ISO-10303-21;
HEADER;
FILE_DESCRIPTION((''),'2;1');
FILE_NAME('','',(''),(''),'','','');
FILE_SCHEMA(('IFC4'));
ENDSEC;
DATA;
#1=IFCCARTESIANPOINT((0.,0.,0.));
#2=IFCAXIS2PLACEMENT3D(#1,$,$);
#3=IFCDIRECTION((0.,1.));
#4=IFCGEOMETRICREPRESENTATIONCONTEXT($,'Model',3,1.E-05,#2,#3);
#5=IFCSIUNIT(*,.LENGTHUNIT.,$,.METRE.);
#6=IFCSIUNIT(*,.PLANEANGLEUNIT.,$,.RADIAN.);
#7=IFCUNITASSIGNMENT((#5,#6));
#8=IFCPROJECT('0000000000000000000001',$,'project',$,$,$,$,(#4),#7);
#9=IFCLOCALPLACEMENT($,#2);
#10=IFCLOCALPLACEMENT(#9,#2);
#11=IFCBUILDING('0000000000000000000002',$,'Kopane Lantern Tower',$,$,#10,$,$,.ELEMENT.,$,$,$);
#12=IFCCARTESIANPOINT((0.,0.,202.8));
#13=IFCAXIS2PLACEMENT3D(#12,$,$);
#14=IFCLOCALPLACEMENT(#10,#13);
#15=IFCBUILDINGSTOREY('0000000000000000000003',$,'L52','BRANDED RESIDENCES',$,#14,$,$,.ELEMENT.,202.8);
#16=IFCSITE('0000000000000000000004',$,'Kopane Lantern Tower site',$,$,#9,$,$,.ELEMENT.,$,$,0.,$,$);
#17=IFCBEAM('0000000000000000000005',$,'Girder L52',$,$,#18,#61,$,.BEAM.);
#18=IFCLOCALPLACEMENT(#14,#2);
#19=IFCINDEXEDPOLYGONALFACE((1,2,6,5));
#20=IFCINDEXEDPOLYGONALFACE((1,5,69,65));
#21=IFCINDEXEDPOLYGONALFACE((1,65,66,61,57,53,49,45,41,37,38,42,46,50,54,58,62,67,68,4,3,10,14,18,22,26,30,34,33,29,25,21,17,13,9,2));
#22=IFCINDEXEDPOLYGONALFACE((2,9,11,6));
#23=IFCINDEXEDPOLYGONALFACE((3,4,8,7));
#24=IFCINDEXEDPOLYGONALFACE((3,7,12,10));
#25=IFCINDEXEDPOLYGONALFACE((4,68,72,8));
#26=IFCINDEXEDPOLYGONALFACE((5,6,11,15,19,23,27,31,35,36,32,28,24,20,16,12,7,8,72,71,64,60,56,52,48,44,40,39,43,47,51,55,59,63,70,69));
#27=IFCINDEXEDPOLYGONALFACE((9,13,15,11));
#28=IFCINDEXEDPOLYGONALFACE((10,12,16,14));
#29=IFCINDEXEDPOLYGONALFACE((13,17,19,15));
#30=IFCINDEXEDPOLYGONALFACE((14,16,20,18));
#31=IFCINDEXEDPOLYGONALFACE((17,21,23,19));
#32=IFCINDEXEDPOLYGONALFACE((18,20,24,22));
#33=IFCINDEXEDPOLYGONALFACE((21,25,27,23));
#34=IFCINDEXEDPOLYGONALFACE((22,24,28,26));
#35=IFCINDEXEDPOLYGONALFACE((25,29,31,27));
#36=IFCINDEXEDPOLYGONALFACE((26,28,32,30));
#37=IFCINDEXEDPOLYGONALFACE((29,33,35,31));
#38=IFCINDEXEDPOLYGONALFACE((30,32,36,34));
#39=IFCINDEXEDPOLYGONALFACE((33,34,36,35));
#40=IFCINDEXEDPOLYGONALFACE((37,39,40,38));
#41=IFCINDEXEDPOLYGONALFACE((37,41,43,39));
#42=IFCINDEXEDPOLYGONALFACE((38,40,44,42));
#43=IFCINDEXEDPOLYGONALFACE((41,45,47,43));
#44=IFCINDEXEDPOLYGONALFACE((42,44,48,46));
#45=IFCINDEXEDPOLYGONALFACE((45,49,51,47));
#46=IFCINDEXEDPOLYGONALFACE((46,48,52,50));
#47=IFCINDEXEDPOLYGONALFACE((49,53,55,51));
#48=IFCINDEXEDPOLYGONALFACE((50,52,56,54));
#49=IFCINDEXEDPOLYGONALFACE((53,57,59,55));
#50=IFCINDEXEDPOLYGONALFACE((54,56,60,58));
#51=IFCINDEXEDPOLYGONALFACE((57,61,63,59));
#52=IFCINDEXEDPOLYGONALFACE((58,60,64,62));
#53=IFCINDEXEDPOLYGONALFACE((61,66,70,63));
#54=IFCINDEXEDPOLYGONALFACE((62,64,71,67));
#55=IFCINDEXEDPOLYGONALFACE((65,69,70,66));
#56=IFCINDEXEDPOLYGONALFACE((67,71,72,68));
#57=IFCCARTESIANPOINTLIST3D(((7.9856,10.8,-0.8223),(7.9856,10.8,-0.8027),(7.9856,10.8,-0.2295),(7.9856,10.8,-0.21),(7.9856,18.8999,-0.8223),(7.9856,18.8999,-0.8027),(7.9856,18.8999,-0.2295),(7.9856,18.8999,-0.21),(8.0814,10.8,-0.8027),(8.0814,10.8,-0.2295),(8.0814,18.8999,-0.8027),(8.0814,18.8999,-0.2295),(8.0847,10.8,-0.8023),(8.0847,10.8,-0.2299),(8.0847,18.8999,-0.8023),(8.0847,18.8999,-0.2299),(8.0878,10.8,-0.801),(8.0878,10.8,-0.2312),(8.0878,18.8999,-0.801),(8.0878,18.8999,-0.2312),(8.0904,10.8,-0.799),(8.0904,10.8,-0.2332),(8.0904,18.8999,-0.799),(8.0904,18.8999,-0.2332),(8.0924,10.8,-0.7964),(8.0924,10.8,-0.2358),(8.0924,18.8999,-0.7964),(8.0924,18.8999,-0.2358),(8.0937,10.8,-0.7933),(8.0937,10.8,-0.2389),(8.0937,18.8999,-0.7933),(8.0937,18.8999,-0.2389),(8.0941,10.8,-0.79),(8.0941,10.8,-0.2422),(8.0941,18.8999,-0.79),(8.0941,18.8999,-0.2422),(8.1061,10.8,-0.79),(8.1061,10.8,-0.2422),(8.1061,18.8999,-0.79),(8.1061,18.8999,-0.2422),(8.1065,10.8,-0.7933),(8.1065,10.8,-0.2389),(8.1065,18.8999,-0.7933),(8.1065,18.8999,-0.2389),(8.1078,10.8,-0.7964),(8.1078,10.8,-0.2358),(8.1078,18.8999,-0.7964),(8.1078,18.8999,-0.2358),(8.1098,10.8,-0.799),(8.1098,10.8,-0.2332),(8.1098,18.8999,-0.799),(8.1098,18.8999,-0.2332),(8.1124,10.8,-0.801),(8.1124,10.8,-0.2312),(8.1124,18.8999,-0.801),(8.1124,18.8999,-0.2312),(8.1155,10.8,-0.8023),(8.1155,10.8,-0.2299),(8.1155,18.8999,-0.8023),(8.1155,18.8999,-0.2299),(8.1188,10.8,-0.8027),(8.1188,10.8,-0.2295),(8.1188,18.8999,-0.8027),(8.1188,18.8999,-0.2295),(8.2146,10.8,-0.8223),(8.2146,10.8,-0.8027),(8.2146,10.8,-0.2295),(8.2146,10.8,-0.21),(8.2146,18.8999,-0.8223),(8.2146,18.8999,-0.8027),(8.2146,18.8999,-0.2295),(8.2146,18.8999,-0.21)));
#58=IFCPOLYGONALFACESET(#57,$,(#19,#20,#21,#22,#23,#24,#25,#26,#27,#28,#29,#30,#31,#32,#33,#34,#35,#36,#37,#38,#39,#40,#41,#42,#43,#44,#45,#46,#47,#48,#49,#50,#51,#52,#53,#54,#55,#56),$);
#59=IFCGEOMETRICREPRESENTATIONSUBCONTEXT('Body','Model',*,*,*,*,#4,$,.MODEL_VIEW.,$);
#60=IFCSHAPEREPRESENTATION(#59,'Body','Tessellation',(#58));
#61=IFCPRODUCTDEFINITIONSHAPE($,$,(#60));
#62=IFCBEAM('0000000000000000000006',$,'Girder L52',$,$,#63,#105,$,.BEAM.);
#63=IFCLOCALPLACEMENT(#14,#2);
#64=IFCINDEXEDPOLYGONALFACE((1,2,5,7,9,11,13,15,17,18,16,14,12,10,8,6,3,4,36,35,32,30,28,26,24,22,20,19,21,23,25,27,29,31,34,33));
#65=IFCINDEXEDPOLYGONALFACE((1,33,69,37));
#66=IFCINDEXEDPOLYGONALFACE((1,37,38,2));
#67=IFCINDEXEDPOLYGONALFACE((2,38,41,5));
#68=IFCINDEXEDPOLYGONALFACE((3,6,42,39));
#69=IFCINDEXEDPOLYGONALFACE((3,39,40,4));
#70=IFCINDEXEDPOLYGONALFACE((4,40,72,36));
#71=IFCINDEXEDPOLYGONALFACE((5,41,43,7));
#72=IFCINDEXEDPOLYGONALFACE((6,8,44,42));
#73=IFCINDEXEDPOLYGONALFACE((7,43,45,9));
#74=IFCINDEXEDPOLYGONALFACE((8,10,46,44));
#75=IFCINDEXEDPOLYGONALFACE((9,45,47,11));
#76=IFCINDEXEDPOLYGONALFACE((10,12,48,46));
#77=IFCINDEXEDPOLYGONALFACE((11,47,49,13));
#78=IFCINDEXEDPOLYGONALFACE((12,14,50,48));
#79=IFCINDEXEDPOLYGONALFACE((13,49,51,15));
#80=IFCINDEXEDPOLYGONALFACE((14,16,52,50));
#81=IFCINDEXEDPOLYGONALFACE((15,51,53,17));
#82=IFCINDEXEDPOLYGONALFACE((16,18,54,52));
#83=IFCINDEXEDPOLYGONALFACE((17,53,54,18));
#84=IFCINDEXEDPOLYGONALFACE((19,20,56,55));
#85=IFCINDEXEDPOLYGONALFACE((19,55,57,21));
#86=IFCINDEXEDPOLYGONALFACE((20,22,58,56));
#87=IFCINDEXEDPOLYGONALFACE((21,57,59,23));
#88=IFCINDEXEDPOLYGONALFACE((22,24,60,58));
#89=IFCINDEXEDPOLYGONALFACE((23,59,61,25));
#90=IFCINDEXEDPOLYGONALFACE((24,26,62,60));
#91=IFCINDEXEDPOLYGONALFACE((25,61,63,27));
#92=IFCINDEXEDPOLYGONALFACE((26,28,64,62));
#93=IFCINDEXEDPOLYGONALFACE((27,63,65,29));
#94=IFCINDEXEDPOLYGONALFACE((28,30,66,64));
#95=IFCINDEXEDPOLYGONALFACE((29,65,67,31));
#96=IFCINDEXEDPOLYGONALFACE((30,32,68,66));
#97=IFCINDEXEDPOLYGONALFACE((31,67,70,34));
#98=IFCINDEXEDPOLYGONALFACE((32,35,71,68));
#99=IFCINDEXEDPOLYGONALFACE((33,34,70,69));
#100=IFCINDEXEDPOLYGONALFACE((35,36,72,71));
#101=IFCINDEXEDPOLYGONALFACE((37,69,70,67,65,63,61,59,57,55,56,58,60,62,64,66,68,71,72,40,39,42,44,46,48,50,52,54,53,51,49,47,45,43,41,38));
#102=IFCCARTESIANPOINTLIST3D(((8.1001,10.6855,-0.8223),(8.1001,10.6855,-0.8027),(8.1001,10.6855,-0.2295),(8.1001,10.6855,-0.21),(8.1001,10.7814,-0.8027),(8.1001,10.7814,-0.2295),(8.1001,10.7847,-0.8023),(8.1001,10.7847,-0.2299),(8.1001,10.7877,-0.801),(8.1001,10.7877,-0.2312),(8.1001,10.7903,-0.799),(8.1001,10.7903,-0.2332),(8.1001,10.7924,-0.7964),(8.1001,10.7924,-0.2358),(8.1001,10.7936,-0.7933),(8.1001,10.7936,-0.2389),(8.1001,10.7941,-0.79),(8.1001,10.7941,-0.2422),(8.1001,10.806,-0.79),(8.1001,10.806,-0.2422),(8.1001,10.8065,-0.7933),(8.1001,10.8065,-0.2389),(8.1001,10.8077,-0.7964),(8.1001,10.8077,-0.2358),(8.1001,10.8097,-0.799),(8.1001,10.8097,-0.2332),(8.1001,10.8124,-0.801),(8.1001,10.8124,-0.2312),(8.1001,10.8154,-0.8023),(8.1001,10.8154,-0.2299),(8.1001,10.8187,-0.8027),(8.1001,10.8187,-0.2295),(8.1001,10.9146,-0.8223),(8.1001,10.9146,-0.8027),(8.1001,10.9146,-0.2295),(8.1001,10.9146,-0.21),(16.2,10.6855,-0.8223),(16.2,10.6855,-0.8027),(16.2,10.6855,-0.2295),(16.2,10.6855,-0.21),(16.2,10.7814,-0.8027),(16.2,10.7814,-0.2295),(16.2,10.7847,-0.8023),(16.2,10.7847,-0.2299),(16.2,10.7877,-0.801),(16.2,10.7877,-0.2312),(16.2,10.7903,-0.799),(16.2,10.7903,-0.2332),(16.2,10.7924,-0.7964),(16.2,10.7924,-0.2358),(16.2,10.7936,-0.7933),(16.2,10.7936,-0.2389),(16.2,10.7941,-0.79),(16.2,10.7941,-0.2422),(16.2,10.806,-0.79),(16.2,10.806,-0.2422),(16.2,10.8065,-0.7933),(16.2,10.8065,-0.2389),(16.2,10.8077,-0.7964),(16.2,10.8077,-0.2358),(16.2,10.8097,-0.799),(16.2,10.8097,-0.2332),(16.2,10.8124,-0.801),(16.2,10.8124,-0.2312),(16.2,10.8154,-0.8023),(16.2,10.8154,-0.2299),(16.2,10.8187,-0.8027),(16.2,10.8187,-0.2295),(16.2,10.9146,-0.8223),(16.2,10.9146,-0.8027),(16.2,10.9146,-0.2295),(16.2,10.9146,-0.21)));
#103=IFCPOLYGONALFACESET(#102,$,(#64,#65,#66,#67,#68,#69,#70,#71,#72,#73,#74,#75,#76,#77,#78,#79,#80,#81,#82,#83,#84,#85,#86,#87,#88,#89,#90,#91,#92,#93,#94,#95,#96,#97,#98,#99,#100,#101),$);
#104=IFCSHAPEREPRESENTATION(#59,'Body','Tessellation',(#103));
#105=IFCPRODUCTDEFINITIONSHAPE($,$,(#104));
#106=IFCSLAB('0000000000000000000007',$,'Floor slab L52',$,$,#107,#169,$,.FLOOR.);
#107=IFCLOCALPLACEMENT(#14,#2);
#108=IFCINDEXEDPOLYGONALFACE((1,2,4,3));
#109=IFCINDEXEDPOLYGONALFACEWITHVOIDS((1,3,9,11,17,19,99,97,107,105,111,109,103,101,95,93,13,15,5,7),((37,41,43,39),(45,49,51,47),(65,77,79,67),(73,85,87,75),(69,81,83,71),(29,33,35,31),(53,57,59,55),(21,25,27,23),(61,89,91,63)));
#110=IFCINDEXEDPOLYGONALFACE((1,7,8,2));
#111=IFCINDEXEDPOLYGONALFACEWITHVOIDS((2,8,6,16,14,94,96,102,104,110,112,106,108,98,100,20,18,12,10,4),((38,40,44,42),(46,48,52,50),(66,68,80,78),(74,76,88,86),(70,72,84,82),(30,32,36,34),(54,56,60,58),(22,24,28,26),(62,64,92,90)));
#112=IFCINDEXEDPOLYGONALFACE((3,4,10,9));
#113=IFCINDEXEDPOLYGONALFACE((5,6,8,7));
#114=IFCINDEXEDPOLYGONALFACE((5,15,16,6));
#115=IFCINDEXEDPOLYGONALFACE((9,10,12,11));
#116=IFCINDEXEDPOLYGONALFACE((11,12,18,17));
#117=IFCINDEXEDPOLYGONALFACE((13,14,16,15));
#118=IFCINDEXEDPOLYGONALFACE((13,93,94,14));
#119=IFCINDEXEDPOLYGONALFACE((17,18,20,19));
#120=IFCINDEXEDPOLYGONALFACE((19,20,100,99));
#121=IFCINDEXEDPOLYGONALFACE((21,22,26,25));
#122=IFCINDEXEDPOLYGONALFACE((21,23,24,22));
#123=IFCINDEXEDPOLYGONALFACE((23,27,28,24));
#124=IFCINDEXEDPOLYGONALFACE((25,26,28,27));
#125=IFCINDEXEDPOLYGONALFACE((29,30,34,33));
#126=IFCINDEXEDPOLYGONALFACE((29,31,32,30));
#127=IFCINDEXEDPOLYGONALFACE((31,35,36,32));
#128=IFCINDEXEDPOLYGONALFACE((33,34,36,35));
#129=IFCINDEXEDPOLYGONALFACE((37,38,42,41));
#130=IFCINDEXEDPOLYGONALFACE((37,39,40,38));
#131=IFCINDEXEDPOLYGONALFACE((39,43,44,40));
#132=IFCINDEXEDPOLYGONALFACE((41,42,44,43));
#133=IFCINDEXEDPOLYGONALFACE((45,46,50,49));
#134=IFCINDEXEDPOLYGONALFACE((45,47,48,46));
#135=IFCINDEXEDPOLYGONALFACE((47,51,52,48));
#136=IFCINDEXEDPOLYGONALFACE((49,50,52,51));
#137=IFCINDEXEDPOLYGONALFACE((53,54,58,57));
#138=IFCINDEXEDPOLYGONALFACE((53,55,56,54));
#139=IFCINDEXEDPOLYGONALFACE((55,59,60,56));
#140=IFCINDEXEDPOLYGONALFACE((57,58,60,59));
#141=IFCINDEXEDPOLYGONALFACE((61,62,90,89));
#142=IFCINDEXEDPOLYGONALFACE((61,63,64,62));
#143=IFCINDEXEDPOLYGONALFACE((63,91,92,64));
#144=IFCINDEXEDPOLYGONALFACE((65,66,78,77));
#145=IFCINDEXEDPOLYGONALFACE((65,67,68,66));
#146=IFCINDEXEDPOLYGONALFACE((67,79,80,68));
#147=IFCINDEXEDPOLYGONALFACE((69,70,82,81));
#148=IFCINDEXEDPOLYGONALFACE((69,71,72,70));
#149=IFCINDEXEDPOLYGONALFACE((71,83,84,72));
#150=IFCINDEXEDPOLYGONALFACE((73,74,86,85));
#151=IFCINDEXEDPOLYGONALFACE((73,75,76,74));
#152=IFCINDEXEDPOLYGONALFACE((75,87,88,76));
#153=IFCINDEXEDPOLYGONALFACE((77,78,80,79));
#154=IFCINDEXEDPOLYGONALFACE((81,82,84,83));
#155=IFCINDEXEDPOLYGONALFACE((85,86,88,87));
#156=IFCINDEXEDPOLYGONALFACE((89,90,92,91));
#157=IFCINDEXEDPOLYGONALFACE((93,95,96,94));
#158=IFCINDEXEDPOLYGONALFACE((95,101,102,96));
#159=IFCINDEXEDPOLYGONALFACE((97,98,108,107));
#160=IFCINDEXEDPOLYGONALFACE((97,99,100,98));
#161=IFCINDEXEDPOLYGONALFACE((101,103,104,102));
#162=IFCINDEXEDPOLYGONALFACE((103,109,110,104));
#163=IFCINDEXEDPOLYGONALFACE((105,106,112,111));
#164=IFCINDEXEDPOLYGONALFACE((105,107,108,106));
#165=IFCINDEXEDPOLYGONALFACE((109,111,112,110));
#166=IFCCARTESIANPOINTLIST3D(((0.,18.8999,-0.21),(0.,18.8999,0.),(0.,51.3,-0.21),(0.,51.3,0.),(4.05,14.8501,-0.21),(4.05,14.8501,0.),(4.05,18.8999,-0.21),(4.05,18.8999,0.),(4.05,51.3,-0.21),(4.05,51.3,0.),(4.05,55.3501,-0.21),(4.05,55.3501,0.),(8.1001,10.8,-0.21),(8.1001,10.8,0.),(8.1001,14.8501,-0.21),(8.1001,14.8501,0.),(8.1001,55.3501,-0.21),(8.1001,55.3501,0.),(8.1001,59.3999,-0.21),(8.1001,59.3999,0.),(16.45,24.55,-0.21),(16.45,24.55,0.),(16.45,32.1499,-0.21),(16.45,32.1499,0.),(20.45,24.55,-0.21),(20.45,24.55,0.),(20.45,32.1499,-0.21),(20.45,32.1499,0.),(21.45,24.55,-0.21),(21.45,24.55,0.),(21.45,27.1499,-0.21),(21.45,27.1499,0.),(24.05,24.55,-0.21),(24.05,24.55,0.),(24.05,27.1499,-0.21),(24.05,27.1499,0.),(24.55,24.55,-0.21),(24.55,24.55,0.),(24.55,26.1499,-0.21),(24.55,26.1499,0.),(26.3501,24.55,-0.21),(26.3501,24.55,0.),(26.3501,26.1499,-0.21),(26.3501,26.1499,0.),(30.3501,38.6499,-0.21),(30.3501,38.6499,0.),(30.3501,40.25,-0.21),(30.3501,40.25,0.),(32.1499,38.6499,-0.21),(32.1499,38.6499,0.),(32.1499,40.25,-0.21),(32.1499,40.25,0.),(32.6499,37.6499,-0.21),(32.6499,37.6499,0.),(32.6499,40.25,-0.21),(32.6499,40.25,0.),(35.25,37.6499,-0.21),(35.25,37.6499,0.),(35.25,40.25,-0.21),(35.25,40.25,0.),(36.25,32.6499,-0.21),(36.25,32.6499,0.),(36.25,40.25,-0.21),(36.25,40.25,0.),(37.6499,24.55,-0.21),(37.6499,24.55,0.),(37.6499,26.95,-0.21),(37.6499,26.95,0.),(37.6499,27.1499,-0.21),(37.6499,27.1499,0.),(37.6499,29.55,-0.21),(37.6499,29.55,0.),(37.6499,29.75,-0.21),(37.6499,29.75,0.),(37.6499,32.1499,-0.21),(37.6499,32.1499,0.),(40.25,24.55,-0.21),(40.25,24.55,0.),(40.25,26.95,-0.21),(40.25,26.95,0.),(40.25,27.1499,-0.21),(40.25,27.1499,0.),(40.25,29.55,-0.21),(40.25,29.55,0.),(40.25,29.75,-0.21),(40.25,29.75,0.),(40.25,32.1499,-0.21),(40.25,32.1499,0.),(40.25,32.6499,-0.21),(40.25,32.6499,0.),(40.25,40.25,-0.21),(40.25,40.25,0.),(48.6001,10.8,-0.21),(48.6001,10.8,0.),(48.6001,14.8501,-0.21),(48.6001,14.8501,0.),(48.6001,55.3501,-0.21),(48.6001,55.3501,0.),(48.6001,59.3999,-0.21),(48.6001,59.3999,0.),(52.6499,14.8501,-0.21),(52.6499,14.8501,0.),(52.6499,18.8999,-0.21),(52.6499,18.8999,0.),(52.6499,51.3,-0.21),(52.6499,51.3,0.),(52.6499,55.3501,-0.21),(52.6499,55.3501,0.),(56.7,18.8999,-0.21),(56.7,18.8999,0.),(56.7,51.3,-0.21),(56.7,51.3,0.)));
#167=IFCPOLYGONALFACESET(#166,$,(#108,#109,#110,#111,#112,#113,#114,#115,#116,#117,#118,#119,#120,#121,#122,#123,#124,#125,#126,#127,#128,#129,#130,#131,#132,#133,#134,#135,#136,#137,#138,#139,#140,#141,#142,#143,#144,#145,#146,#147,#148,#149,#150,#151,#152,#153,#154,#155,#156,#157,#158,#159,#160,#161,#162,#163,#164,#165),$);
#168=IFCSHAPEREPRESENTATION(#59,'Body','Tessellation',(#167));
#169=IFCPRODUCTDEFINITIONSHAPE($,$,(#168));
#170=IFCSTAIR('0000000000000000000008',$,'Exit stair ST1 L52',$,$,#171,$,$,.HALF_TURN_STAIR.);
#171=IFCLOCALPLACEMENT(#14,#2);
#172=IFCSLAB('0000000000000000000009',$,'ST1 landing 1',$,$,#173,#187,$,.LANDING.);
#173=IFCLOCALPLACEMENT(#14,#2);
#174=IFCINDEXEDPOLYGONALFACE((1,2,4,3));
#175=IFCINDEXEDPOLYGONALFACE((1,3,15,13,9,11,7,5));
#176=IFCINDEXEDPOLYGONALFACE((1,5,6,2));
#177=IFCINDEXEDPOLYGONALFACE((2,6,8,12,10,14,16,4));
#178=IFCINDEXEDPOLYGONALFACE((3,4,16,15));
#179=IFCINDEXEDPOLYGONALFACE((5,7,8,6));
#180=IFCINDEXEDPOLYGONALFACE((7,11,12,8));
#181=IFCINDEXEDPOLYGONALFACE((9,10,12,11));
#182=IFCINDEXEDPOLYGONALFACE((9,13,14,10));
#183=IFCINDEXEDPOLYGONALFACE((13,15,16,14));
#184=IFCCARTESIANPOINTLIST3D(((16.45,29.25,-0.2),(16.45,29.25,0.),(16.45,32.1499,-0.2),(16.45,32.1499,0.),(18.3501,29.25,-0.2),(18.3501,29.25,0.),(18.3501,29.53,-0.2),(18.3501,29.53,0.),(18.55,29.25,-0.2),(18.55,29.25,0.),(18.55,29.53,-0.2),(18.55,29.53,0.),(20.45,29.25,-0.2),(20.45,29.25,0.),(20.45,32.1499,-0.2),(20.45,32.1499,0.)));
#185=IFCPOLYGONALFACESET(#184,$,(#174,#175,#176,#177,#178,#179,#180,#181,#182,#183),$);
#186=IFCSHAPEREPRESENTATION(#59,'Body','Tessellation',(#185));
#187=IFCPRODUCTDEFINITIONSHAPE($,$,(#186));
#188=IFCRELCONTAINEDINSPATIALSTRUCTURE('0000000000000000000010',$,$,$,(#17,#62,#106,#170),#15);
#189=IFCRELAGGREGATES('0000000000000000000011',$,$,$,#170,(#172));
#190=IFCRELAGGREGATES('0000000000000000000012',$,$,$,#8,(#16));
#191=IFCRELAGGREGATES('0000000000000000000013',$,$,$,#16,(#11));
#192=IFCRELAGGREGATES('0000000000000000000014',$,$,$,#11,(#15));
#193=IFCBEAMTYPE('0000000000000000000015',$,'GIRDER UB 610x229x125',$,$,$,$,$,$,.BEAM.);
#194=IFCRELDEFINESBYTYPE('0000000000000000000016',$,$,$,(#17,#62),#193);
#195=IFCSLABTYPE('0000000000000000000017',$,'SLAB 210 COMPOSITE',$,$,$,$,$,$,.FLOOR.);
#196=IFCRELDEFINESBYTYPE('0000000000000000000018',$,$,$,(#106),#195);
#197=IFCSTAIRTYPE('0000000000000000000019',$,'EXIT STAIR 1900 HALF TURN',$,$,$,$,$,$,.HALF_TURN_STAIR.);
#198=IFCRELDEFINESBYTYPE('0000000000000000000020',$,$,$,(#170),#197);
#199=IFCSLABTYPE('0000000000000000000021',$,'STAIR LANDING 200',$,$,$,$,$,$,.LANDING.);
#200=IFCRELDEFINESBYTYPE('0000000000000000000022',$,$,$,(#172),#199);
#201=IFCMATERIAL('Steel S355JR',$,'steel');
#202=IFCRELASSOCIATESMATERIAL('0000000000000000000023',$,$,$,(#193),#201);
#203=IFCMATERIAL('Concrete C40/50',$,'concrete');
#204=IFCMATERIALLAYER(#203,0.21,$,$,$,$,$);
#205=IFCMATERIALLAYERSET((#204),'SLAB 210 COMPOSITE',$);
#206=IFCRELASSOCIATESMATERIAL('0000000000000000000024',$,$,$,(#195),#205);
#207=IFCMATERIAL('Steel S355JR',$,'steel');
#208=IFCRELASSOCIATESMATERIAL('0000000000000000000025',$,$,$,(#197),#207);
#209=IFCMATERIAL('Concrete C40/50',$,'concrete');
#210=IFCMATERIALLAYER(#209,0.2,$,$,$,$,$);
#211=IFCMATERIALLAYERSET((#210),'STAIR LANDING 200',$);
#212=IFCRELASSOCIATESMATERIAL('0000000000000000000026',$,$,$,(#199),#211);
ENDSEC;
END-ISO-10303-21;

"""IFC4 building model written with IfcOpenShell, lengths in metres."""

from ifc_helpers import new_model, si_unit, direction, frame, origin, origin_2d, place, context, subcontext, project, spatial, polyline, i_section, outline, extrude, material, layer, layer_set, material_profile, profile_set, type_object, element, aggregate, save


model = new_model("IFC4")

# Units and contexts
model_context = context("Model", 3, precision=1e-05, world=origin(), true_north=direction((0.0, 1.0)))
body_context = subcontext(model_context, "Body", "Model", "MODEL_VIEW")
ifc_project = project(units=[si_unit("LENGTHUNIT", "METRE"), si_unit("PLANEANGLEUNIT", "RADIAN")], contexts=[model_context])

# Site, building, storey
site_placement = place(None, origin())
site = spatial("IfcSite", under=ifc_project, at=site_placement, Name="Kopane Lantern Tower site", CompositionType="ELEMENT", RefElevation=0.0)
building_placement = place(site_placement, origin())
building = spatial("IfcBuilding", under=site, at=building_placement, Name="Kopane Lantern Tower", CompositionType="ELEMENT")
storey_placement = place(building_placement, frame((0.0, 0.0, 202.8)))
storey = spatial("IfcBuildingStorey", under=building, at=storey_placement, Name="L52", Description="BRANDED RESIDENCES", CompositionType="ELEMENT", Elevation=202.8)

# Beams
ifc_material_1 = material(Name="Steel S355JR", Category="steel")
ifc_material_profile_1 = material_profile(ifc_material_1, i_section(OverallWidth=0.229, OverallDepth=0.6123, WebThickness=0.012, FlangeThickness=0.0195, FilletRadius=0.0127, at=origin_2d()), Name="UB 610x229x125")
ifc_profile_set_1 = profile_set([ifc_material_profile_1], Name="Steel S355JR")
beam_type_1 = type_object("IfcBeamType", Name="GIRDER UB 610x229x125", PredefinedType="BEAM", material=ifc_profile_set_1)
for number, where, z_axis, x_axis, name in (
    (1, (8.1001, 10.8, -0.5161), (0.0, 1.0, 0.0), (-1.0, 0.0, 0.0), "Girder L52"),
    (2, (8.1001, 10.8, -0.5161), (1.0, 0.0, 0.0), (0.0, 1.0, 0.0), "Girder L52"),
):
    element("IfcBeam", number, at=place(storey_placement, frame(where, z_axis=z_axis, x_axis=x_axis)), inside=storey, type_object=beam_type_1, Name=name, PredefinedType="BEAM", context=body_context, shape_type="SweptSolid", body=[
        extrude(i_section(OverallWidth=0.229, OverallDepth=0.6123, WebThickness=0.012, FlangeThickness=0.0195, FilletRadius=0.0127, at=origin_2d()), origin(), (0.0, 0.0, 1.0), 8.0999),
    ])

# Slab
ifc_material_2 = material(Name="Concrete C40/50", Category="concrete")
ifc_layer_1 = layer(ifc_material_2, 0.21)
ifc_layer_set_1 = layer_set([ifc_layer_1], Name="SLAB 210 COMPOSITE")
slab_type_1 = type_object("IfcSlabType", Name="SLAB 210 COMPOSITE", PredefinedType="FLOOR", material=ifc_layer_set_1)
slab_1_placement = place(storey_placement, frame((0.0, 0.0, -0.21)))
element("IfcSlab", 3, at=slab_1_placement, inside=storey, type_object=slab_type_1, Name="Floor slab L52", PredefinedType="FLOOR", context=body_context, shape_type="SweptSolid", body=[
    extrude(outline(polyline([(8.1001, 10.8), (48.6001, 10.8), (48.6001, 14.8501), (52.6499, 14.8501), (52.6499, 18.8999), (56.7, 18.8999), (56.7, 51.3), (52.6499, 51.3), (52.6499, 55.3501), (48.6001, 55.3501), (48.6001, 59.3999), (8.1001, 59.3999), (8.1001, 55.3501), (4.05, 55.3501), (4.05, 51.3), (0.0, 51.3), (0.0, 18.8999), (4.05, 18.8999), (4.05, 14.8501), (8.1001, 14.8501), (8.1001, 10.8)]), holes=[polyline([(16.45, 24.55), (20.45, 24.55), (20.45, 32.1499), (16.45, 32.1499), (16.45, 24.55)]), polyline([(36.25, 32.6499), (40.25, 32.6499), (40.25, 40.25), (36.25, 40.25), (36.25, 32.6499)]), polyline([(37.6499, 24.55), (40.25, 24.55), (40.25, 26.95), (37.6499, 26.95), (37.6499, 24.55)]), polyline([(37.6499, 27.1499), (40.25, 27.1499), (40.25, 29.55), (37.6499, 29.55), (37.6499, 27.1499)]), polyline([(37.6499, 29.75), (40.25, 29.75), (40.25, 32.1499), (37.6499, 32.1499), (37.6499, 29.75)]), polyline([(21.45, 24.55), (24.05, 24.55), (24.05, 27.1499), (21.45, 27.1499), (21.45, 24.55)]), polyline([(32.6499, 37.6499), (35.25, 37.6499), (35.25, 40.25), (32.6499, 40.25), (32.6499, 37.6499)]), polyline([(24.55, 24.55), (26.3501, 24.55), (26.3501, 26.1499), (24.55, 26.1499), (24.55, 24.55)]), polyline([(30.3501, 38.6499), (32.1499, 38.6499), (32.1499, 40.25), (30.3501, 40.25), (30.3501, 38.6499)])]), origin(), (0.0, 0.0, 1.0), 0.21),
])

# Stair, slab
ifc_material_3 = material(Name="Steel S355JR", Category="steel")
stair_type = type_object("IfcStairType", Name="EXIT STAIR 1900 HALF TURN", PredefinedType="HALF_TURN_STAIR", material=ifc_material_3)
stair_1_placement = place(storey_placement, origin())
stair_1 = element("IfcStair", 4, at=stair_1_placement, inside=storey, type_object=stair_type, Name="Exit stair ST1 L52", PredefinedType="HALF_TURN_STAIR")
ifc_material_4 = material(Name="Concrete C40/50", Category="concrete")
ifc_layer_2 = layer(ifc_material_4, 0.2)
ifc_layer_set_2 = layer_set([ifc_layer_2], Name="STAIR LANDING 200")
slab_type_2 = type_object("IfcSlabType", Name="STAIR LANDING 200", PredefinedType="LANDING", material=ifc_layer_set_2)
slab_2_placement = place(storey_placement, frame((0.0, 0.0, -0.2)))
slab_2 = element("IfcSlab", 5, at=slab_2_placement, type_object=slab_type_2, Name="ST1 landing 1", PredefinedType="LANDING", context=body_context, shape_type="SweptSolid", body=[
    extrude(outline(polyline([(18.3501, 29.53), (18.55, 29.53), (18.55, 29.25), (20.45, 29.25), (20.45, 32.1499), (16.45, 32.1499), (16.45, 29.25), (18.3501, 29.25), (18.3501, 29.53)])), origin(), (0.0, 0.0, 1.0), 0.2),
])
aggregate(stair_1, [slab_2])

save(model, "model.ifc")
